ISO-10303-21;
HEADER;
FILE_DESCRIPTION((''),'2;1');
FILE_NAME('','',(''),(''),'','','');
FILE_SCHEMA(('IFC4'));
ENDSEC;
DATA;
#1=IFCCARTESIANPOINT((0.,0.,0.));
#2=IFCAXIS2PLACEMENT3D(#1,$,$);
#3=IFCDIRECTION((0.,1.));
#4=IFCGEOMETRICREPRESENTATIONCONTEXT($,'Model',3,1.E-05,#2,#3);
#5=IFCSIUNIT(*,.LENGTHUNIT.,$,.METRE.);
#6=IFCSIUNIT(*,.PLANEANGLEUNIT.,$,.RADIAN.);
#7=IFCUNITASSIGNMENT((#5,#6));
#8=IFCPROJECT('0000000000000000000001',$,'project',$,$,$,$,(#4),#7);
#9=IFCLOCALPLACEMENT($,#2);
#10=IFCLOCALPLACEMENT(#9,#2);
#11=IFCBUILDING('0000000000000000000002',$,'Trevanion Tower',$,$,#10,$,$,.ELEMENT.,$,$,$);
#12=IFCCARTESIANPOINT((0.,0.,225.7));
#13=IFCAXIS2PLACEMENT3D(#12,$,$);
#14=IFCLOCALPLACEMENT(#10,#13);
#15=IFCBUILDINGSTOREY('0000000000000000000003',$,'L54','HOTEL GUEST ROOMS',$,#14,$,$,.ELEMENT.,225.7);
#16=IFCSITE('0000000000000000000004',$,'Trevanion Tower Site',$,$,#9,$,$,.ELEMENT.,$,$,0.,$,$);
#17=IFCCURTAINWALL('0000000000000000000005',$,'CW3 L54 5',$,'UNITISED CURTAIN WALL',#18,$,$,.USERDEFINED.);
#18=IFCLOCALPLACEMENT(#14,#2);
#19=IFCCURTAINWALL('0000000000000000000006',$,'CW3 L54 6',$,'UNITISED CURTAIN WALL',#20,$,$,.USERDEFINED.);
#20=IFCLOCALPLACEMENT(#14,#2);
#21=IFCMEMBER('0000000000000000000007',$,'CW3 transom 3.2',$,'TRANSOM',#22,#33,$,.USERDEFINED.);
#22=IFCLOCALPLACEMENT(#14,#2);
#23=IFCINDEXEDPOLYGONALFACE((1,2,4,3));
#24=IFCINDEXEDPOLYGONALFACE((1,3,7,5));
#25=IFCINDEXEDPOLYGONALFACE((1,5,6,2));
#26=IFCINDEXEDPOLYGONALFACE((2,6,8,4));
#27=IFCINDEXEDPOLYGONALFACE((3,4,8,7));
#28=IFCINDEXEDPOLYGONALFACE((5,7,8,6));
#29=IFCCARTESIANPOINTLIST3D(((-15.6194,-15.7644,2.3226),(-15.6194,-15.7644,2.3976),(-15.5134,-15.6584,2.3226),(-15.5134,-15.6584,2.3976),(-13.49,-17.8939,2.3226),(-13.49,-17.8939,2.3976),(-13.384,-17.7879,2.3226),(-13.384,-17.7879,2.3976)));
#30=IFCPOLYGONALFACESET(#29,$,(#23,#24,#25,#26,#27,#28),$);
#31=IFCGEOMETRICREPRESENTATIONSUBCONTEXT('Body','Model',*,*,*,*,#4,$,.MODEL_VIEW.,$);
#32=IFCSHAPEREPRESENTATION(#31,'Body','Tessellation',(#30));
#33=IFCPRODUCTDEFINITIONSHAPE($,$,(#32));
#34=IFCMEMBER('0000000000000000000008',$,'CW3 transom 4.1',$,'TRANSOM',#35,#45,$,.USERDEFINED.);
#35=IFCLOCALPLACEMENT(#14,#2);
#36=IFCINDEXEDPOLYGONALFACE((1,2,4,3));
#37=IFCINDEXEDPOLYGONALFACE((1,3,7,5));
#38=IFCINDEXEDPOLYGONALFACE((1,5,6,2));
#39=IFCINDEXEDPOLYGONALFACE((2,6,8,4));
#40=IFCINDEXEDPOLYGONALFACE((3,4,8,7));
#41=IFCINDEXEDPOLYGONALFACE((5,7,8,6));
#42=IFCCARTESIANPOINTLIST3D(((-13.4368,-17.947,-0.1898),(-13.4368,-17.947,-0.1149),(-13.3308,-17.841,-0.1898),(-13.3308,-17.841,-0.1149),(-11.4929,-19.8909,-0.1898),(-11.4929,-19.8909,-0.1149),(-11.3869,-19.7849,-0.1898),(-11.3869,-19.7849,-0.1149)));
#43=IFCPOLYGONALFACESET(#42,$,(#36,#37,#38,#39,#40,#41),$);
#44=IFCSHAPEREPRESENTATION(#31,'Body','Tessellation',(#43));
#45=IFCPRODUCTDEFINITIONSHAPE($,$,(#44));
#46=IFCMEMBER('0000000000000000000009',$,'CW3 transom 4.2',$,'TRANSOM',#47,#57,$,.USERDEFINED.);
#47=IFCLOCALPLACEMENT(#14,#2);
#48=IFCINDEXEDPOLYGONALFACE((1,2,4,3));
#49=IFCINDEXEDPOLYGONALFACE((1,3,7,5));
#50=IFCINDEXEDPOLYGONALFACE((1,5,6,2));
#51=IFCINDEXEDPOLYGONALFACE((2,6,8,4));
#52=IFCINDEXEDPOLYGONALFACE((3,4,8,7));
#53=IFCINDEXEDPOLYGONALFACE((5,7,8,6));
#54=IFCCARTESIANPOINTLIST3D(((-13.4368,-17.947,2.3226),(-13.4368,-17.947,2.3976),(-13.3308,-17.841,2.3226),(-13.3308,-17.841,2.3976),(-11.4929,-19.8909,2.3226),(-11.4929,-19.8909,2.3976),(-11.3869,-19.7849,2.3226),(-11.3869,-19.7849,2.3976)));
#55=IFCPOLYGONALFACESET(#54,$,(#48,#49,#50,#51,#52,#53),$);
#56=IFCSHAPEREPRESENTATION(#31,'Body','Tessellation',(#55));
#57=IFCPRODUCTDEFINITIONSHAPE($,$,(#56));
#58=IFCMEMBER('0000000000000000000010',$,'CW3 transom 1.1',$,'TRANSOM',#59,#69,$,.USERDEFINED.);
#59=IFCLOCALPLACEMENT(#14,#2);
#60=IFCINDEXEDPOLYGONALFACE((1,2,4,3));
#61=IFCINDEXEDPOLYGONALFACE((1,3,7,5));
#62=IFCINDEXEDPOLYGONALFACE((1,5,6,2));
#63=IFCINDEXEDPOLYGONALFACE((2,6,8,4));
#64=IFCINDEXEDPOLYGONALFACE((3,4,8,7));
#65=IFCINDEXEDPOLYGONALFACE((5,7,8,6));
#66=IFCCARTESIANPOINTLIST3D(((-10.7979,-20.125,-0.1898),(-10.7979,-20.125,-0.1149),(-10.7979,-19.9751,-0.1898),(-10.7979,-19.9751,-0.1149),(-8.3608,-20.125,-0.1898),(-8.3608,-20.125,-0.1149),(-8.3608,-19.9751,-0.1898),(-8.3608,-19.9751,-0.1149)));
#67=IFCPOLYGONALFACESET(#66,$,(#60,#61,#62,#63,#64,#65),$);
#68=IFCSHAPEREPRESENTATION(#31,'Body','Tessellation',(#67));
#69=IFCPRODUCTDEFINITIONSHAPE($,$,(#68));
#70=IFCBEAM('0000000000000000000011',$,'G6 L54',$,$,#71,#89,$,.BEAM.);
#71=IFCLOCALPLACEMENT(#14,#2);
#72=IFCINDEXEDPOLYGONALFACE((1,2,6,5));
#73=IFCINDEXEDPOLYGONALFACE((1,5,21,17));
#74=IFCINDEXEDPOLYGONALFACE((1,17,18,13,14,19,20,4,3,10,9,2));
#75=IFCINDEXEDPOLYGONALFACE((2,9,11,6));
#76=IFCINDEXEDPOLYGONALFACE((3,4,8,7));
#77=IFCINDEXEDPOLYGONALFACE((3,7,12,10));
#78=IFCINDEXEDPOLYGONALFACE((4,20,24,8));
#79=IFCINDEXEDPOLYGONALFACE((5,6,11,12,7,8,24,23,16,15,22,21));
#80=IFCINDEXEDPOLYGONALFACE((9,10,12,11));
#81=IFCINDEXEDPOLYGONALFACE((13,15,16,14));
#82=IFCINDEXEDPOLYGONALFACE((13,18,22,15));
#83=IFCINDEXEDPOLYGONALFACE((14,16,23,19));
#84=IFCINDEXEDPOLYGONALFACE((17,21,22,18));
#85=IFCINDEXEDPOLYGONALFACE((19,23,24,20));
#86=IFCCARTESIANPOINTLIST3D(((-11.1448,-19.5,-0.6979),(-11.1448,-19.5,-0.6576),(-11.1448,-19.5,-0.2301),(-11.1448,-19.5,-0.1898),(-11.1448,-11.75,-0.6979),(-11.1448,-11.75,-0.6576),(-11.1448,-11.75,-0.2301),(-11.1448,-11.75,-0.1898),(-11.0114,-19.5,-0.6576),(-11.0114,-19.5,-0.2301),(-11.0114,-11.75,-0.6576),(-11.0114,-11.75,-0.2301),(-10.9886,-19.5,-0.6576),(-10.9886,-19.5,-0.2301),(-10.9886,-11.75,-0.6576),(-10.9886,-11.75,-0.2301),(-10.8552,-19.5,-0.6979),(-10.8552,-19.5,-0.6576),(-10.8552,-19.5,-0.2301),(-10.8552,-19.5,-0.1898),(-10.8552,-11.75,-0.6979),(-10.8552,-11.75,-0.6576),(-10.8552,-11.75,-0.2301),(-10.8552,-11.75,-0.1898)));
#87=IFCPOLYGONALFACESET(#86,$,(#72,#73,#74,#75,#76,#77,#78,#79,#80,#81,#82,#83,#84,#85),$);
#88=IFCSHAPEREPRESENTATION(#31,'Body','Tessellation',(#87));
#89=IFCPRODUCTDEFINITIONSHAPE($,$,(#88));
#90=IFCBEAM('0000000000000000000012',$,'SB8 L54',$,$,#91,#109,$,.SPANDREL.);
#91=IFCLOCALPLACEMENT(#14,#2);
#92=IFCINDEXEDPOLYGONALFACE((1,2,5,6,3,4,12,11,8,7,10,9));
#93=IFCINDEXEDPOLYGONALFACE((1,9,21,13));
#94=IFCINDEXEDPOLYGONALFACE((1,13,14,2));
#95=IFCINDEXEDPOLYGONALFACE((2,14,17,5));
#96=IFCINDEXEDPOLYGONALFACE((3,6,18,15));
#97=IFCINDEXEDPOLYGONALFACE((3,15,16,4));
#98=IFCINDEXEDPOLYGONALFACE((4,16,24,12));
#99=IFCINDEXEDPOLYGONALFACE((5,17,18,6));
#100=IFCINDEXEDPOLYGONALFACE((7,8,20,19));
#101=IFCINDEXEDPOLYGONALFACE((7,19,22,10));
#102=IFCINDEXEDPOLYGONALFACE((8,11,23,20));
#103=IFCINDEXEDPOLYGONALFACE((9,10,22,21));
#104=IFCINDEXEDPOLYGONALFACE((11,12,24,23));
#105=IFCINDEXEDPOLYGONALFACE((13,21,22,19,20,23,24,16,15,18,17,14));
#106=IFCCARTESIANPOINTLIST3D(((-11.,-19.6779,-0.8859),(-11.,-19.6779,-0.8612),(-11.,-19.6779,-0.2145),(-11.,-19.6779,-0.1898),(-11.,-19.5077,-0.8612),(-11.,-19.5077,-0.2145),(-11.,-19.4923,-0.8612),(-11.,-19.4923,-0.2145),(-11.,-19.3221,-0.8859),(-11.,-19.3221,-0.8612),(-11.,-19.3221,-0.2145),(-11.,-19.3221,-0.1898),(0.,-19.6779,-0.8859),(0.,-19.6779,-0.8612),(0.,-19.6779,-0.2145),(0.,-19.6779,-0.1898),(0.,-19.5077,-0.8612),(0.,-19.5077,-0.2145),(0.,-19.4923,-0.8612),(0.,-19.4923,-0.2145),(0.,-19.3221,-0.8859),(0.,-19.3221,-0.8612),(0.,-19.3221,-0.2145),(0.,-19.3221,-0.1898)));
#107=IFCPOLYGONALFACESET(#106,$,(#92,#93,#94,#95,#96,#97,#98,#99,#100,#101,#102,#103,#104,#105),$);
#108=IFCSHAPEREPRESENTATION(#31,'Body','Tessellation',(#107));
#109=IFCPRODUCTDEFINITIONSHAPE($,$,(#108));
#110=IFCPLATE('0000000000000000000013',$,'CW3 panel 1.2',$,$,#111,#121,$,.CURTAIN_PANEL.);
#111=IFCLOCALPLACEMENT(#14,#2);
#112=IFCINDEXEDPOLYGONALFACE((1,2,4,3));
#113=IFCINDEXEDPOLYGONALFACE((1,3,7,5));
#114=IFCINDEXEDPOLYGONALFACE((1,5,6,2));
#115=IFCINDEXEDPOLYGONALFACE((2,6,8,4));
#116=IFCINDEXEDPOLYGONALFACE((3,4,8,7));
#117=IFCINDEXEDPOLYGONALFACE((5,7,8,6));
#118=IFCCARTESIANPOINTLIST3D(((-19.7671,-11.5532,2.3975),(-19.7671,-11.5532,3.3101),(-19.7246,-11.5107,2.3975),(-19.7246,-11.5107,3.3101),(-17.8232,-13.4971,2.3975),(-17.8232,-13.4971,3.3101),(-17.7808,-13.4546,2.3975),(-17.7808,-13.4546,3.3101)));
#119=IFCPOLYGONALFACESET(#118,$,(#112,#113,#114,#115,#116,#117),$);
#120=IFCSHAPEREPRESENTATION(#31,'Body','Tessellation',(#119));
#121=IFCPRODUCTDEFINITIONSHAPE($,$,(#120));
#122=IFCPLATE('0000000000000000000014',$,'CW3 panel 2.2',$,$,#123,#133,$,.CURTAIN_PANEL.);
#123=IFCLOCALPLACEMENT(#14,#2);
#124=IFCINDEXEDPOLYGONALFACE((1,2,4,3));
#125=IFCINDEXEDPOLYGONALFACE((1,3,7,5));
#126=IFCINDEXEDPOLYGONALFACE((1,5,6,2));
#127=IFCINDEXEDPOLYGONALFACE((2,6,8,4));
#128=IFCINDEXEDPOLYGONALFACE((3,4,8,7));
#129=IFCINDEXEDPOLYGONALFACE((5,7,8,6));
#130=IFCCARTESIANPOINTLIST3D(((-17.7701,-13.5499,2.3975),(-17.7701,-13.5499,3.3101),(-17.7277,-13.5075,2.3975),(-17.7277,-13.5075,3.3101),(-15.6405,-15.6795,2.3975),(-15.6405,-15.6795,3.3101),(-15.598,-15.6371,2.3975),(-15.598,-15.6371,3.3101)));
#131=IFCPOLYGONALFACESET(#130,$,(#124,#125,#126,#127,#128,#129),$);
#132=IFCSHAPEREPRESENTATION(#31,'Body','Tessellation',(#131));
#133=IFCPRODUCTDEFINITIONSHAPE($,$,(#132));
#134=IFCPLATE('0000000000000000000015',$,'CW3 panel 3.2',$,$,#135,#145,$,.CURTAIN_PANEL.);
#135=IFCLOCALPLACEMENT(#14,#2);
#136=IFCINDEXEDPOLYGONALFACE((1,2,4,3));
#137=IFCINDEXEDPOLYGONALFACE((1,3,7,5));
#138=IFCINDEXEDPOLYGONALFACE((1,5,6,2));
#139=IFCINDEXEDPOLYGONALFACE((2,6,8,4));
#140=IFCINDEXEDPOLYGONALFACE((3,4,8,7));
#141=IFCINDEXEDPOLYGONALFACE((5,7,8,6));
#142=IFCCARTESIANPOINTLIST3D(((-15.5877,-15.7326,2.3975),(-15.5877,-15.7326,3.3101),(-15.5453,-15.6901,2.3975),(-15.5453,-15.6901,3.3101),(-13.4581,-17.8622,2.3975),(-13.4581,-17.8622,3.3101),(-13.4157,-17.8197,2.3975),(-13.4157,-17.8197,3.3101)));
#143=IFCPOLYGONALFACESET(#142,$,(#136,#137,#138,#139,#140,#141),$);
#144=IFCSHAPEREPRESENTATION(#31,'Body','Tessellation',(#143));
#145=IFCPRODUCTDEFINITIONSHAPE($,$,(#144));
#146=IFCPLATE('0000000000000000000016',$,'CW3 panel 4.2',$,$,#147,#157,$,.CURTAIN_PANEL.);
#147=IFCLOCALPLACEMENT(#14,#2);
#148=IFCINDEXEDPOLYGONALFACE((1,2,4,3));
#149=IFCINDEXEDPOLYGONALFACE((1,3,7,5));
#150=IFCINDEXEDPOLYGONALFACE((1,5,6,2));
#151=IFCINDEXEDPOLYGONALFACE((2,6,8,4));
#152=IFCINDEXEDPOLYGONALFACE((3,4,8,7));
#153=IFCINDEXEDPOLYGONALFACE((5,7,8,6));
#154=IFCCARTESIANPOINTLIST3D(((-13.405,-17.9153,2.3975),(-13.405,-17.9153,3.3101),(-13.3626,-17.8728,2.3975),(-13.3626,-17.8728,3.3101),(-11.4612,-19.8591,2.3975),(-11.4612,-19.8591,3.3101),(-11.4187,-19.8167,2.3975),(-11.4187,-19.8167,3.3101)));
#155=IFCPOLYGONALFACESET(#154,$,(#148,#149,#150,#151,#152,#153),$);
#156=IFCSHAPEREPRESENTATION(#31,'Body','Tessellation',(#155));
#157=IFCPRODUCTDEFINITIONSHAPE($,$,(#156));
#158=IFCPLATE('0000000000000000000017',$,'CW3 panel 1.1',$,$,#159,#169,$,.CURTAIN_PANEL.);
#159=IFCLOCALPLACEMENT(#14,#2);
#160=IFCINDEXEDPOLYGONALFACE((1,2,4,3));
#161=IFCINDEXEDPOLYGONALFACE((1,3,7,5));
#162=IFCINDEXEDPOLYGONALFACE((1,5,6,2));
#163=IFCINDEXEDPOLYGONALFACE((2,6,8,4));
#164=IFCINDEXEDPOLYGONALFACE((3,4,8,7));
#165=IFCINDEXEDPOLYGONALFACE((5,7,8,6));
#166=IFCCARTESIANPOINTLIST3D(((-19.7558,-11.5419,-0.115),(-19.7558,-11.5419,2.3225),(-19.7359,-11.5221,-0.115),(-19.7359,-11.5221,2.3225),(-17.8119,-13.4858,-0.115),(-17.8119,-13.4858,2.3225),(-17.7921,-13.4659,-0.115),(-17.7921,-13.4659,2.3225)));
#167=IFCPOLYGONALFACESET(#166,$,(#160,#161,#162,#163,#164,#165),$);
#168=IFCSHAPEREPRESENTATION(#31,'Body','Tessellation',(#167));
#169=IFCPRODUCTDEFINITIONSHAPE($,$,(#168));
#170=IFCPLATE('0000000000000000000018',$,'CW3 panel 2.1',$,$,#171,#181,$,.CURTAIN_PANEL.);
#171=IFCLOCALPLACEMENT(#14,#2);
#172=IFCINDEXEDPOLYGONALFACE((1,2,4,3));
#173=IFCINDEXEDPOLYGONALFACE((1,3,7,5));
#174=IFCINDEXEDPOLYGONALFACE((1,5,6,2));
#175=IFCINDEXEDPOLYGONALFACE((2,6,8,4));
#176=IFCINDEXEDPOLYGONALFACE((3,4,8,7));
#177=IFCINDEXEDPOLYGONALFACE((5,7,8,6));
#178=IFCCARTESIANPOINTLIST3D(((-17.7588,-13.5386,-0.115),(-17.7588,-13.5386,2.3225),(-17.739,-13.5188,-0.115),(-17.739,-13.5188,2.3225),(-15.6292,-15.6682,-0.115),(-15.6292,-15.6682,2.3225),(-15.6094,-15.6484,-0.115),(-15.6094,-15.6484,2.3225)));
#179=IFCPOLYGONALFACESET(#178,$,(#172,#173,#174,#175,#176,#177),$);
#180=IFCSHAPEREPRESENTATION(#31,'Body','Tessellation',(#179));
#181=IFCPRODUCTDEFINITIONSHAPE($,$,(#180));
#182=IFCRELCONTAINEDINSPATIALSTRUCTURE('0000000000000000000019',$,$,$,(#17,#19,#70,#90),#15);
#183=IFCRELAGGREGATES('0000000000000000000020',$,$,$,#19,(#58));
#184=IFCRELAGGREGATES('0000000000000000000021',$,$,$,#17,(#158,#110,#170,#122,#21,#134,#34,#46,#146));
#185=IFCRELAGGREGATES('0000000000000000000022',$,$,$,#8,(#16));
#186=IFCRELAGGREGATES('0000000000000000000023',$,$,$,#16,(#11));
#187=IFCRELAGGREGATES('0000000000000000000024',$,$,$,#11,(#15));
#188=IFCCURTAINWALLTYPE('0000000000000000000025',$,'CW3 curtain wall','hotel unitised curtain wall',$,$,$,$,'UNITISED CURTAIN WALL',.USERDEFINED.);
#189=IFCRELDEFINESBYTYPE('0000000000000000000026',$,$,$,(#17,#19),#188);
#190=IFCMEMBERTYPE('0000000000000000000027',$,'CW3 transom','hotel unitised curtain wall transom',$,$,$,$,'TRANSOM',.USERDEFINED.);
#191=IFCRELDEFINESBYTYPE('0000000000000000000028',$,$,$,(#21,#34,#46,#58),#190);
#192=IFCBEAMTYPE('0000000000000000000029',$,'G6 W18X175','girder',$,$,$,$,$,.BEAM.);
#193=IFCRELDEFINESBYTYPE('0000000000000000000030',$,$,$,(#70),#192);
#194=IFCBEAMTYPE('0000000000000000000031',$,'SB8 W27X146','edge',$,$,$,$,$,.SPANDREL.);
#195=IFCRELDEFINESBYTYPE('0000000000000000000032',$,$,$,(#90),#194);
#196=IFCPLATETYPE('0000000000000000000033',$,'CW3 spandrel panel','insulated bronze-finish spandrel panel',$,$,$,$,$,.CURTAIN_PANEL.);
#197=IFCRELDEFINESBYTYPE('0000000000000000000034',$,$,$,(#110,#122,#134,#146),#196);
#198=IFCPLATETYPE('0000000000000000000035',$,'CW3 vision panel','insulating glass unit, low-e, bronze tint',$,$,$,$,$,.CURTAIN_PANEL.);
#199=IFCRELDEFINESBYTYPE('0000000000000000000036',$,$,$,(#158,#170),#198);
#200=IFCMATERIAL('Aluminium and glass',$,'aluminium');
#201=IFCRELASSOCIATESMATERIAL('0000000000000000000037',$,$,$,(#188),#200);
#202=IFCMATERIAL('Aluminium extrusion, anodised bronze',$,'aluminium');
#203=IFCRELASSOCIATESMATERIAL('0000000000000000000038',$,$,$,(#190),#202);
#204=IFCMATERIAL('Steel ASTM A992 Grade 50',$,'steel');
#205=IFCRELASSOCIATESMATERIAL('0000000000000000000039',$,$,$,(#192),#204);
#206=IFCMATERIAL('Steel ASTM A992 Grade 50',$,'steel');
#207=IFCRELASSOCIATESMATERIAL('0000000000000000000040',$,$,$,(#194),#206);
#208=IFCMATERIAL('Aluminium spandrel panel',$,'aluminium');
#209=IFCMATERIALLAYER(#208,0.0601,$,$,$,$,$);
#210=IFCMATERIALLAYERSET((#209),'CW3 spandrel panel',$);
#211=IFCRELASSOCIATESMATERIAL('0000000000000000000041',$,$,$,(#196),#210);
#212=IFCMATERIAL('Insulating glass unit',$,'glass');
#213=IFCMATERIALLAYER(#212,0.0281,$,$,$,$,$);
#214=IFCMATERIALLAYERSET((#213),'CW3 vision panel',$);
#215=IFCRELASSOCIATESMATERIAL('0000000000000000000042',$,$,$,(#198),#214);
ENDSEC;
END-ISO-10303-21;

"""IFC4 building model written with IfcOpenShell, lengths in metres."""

from ifc_helpers import new_model, si_unit, direction, frame, origin, origin_2d, place, context, subcontext, project, spatial, rectangle, i_section, extrude, material, layer, layer_set, material_profile, profile_set, type_object, element, aggregate, save


model = new_model("IFC4")

# Units and contexts
model_context = context("Model", 3, precision=1e-05, world=origin(), true_north=direction((0.0, 1.0)))
body_context = subcontext(model_context, "Body", "Model", "MODEL_VIEW")
ifc_project = project(units=[si_unit("LENGTHUNIT", "METRE"), si_unit("PLANEANGLEUNIT", "RADIAN")], contexts=[model_context])

# Site, building, storey
site_placement = place(None, origin())
site = spatial("IfcSite", under=ifc_project, at=site_placement, Name="Trevanion Tower Site", CompositionType="ELEMENT", RefElevation=0.0)
building_placement = place(site_placement, origin())
building = spatial("IfcBuilding", under=site, at=building_placement, Name="Trevanion Tower", CompositionType="ELEMENT")
storey_placement = place(building_placement, frame((0.0, 0.0, 225.7)))
storey = spatial("IfcBuildingStorey", under=building, at=storey_placement, Name="L54", Description="HOTEL GUEST ROOMS", CompositionType="ELEMENT", Elevation=225.7)

# Curtain wall
ifc_material_1 = material(Name="Aluminium and glass", Category="aluminium")
curtain_wall_type = type_object("IfcCurtainWallType", Name="CW3 curtain wall", Description="hotel unitised curtain wall", ElementType="UNITISED CURTAIN WALL", PredefinedType="USERDEFINED", material=ifc_material_1)
curtain_wall_1_placement = place(storey_placement, origin())
curtain_wall_1 = element("IfcCurtainWall", 1, at=curtain_wall_1_placement, inside=storey, type_object=curtain_wall_type, Name="CW3 L54 5", ObjectType="UNITISED CURTAIN WALL", PredefinedType="USERDEFINED")

# Curtain wall
curtain_wall_2_placement = place(storey_placement, origin())
curtain_wall_2 = element("IfcCurtainWall", 2, at=curtain_wall_2_placement, inside=storey, type_object=curtain_wall_type, Name="CW3 L54 6", ObjectType="UNITISED CURTAIN WALL", PredefinedType="USERDEFINED")

# Members
ifc_material_2 = material(Name="Aluminium extrusion, anodised bronze", Category="aluminium")
ifc_material_profile_1 = material_profile(ifc_material_2, rectangle(XDim=0.1499, YDim=0.075, at=origin_2d()), Name="CW3 transom")
ifc_profile_set_1 = profile_set([ifc_material_profile_1], Name="Aluminium extrusion, anodised bronze")
member_type_1 = type_object("IfcMemberType", Name="CW3 transom", Description="hotel unitised curtain wall transom", ElementType="TRANSOM", PredefinedType="USERDEFINED", material=ifc_profile_set_1)
member_1_placement = place(storey_placement, frame((-15.5664, -15.7114, 2.3601), z_axis=(0.707107, -0.707107, 0.0), x_axis=(0.707107, 0.707107, 0.0)))
member_1 = element("IfcMember", 3, at=member_1_placement, type_object=member_type_1, Name="CW3 transom 3.2", ObjectType="TRANSOM", PredefinedType="USERDEFINED", context=body_context, shape_type="SweptSolid", body=[
    extrude(rectangle(XDim=0.1499, YDim=0.075, at=origin_2d()), origin(), (0.0, 0.0, 1.0), 3.0115),
])
member_2_placement = place(storey_placement, frame((-13.3838, -17.894, -0.1523), z_axis=(0.707107, -0.707107, 0.0), x_axis=(0.707107, 0.707107, 0.0)))
member_2 = element("IfcMember", 4, at=member_2_placement, type_object=member_type_1, Name="CW3 transom 4.1", ObjectType="TRANSOM", PredefinedType="USERDEFINED", context=body_context, shape_type="SweptSolid", body=[
    extrude(rectangle(XDim=0.1499, YDim=0.075, at=origin_2d()), origin(), (0.0, 0.0, 1.0), 2.749),
])
member_3_placement = place(storey_placement, frame((-13.3838, -17.894, 2.3601), z_axis=(0.707107, -0.707107, 0.0), x_axis=(0.707107, 0.707107, 0.0)))
member_3 = element("IfcMember", 5, at=member_3_placement, type_object=member_type_1, Name="CW3 transom 4.2", ObjectType="TRANSOM", PredefinedType="USERDEFINED", context=body_context, shape_type="SweptSolid", body=[
    extrude(rectangle(XDim=0.1499, YDim=0.075, at=origin_2d()), origin(), (0.0, 0.0, 1.0), 2.749),
])
member_4_placement = place(storey_placement, frame((-10.7979, -20.05, -0.1523), z_axis=(1.0, 0.0, 0.0), x_axis=(0.0, 1.0, 0.0)))
member_4 = element("IfcMember", 6, at=member_4_placement, type_object=member_type_1, Name="CW3 transom 1.1", ObjectType="TRANSOM", PredefinedType="USERDEFINED", context=body_context, shape_type="SweptSolid", body=[
    extrude(rectangle(XDim=0.1499, YDim=0.075, at=origin_2d()), origin(), (0.0, 0.0, 1.0), 2.437),
])
aggregate(curtain_wall_2, [member_4])

# Beams
ifc_material_3 = material(Name="Steel ASTM A992 Grade 50", Category="steel")
ifc_material_profile_2 = material_profile(ifc_material_3, i_section(OverallWidth=0.2896, OverallDepth=0.5081, WebThickness=0.0227, FlangeThickness=0.0403, at=origin_2d()), Name="W18X175")
ifc_profile_set_2 = profile_set([ifc_material_profile_2], Name="Steel ASTM A992 Grade 50")
beam_type_1 = type_object("IfcBeamType", Name="G6 W18X175", Description="girder", PredefinedType="BEAM", material=ifc_profile_set_2)
beam_1_placement = place(storey_placement, frame((-11.0, -11.75, -0.4438), z_axis=(0.0, -1.0, 0.0), x_axis=(1.0, 0.0, 0.0)))
element("IfcBeam", 7, at=beam_1_placement, inside=storey, type_object=beam_type_1, Name="G6 L54", PredefinedType="BEAM", context=body_context, shape_type="SweptSolid", body=[
    extrude(i_section(OverallWidth=0.2896, OverallDepth=0.5081, WebThickness=0.0227, FlangeThickness=0.0403, at=origin_2d()), origin(), (0.0, 0.0, 1.0), 7.75),
])
ifc_material_4 = material(Name="Steel ASTM A992 Grade 50", Category="steel")
ifc_material_profile_3 = material_profile(ifc_material_4, i_section(OverallWidth=0.3557, OverallDepth=0.696, WebThickness=0.0154, FlangeThickness=0.0247, at=origin_2d()), Name="W27X146")
ifc_profile_set_3 = profile_set([ifc_material_profile_3], Name="Steel ASTM A992 Grade 50")
beam_type_2 = type_object("IfcBeamType", Name="SB8 W27X146", Description="edge", PredefinedType="SPANDREL", material=ifc_profile_set_3)
beam_2_placement = place(storey_placement, frame((-11.0, -19.5, -0.5378), z_axis=(1.0, 0.0, 0.0), x_axis=(0.0, 1.0, 0.0)))
element("IfcBeam", 8, at=beam_2_placement, inside=storey, type_object=beam_type_2, Name="SB8 L54", PredefinedType="SPANDREL", context=body_context, shape_type="SweptSolid", body=[
    extrude(i_section(OverallWidth=0.3557, OverallDepth=0.696, WebThickness=0.0154, FlangeThickness=0.0247, at=origin_2d()), origin(), (0.0, 0.0, 1.0), 11.0),
])

# Plates
ifc_material_5 = material(Name="Aluminium spandrel panel", Category="aluminium")
ifc_layer_1 = layer(ifc_material_5, 0.0601)
ifc_layer_set_1 = layer_set([ifc_layer_1], Name="CW3 spandrel panel")
plate_type_1 = type_object("IfcPlateType", Name="CW3 spandrel panel", Description="insulated bronze-finish spandrel panel", PredefinedType="CURTAIN_PANEL", material=ifc_layer_set_1)
plate_1_placement = place(storey_placement, frame((-18.7739, -12.5039, 2.3975), z_axis=(0.0, 0.0, 1.0), x_axis=(0.707107, -0.707107, 0.0)))
plate_1 = element("IfcPlate", 9, at=plate_1_placement, type_object=plate_type_1, Name="CW3 panel 1.2", PredefinedType="CURTAIN_PANEL", context=body_context, shape_type="SweptSolid", body=[
    extrude(rectangle(XDim=2.749, YDim=0.0601, at=origin_2d()), origin(), (0.0, 0.0, 1.0), 0.9126),
])
plate_2_placement = place(storey_placement, frame((-16.6841, -14.5935, 2.3975), z_axis=(0.0, 0.0, 1.0), x_axis=(0.707107, -0.707107, 0.0)))
plate_2 = element("IfcPlate", 10, at=plate_2_placement, type_object=plate_type_1, Name="CW3 panel 2.2", PredefinedType="CURTAIN_PANEL", context=body_context, shape_type="SweptSolid", body=[
    extrude(rectangle(XDim=3.0117, YDim=0.0601, at=origin_2d()), origin(), (0.0, 0.0, 1.0), 0.9126),
])
plate_3_placement = place(storey_placement, frame((-14.5017, -16.7761, 2.3975), z_axis=(0.0, 0.0, 1.0), x_axis=(0.707107, -0.707107, 0.0)))
plate_3 = element("IfcPlate", 11, at=plate_3_placement, type_object=plate_type_1, Name="CW3 panel 3.2", PredefinedType="CURTAIN_PANEL", context=body_context, shape_type="SweptSolid", body=[
    extrude(rectangle(XDim=3.0117, YDim=0.0601, at=origin_2d()), origin(), (0.0, 0.0, 1.0), 0.9126),
])
plate_4_placement = place(storey_placement, frame((-12.4119, -18.866, 2.3975), z_axis=(0.0, 0.0, 1.0), x_axis=(0.707107, -0.707107, 0.0)))
plate_4 = element("IfcPlate", 12, at=plate_4_placement, type_object=plate_type_1, Name="CW3 panel 4.2", PredefinedType="CURTAIN_PANEL", context=body_context, shape_type="SweptSolid", body=[
    extrude(rectangle(XDim=2.749, YDim=0.0601, at=origin_2d()), origin(), (0.0, 0.0, 1.0), 0.9126),
])
ifc_material_6 = material(Name="Insulating glass unit", Category="glass")
ifc_layer_2 = layer(ifc_material_6, 0.0281)
ifc_layer_set_2 = layer_set([ifc_layer_2], Name="CW3 vision panel")
plate_type_2 = type_object("IfcPlateType", Name="CW3 vision panel", Description="insulating glass unit, low-e, bronze tint", PredefinedType="CURTAIN_PANEL", material=ifc_layer_set_2)
plate_5_placement = place(storey_placement, frame((-18.7739, -12.5039, -0.115), z_axis=(0.0, 0.0, 1.0), x_axis=(0.707107, -0.707107, 0.0)))
plate_5 = element("IfcPlate", 13, at=plate_5_placement, type_object=plate_type_2, Name="CW3 panel 1.1", PredefinedType="CURTAIN_PANEL", context=body_context, shape_type="SweptSolid", body=[
    extrude(rectangle(XDim=2.749, YDim=0.0281, at=origin_2d()), origin(), (0.0, 0.0, 1.0), 2.4375),
])
plate_6_placement = place(storey_placement, frame((-16.6841, -14.5935, -0.115), z_axis=(0.0, 0.0, 1.0), x_axis=(0.707107, -0.707107, 0.0)))
plate_6 = element("IfcPlate", 14, at=plate_6_placement, type_object=plate_type_2, Name="CW3 panel 2.1", PredefinedType="CURTAIN_PANEL", context=body_context, shape_type="SweptSolid", body=[
    extrude(rectangle(XDim=3.0117, YDim=0.0281, at=origin_2d()), origin(), (0.0, 0.0, 1.0), 2.4375),
])
aggregate(curtain_wall_1, [plate_5, plate_1, plate_6, plate_2, member_1, plate_3, member_2, member_3, plate_4])

save(model, "model.ifc")
